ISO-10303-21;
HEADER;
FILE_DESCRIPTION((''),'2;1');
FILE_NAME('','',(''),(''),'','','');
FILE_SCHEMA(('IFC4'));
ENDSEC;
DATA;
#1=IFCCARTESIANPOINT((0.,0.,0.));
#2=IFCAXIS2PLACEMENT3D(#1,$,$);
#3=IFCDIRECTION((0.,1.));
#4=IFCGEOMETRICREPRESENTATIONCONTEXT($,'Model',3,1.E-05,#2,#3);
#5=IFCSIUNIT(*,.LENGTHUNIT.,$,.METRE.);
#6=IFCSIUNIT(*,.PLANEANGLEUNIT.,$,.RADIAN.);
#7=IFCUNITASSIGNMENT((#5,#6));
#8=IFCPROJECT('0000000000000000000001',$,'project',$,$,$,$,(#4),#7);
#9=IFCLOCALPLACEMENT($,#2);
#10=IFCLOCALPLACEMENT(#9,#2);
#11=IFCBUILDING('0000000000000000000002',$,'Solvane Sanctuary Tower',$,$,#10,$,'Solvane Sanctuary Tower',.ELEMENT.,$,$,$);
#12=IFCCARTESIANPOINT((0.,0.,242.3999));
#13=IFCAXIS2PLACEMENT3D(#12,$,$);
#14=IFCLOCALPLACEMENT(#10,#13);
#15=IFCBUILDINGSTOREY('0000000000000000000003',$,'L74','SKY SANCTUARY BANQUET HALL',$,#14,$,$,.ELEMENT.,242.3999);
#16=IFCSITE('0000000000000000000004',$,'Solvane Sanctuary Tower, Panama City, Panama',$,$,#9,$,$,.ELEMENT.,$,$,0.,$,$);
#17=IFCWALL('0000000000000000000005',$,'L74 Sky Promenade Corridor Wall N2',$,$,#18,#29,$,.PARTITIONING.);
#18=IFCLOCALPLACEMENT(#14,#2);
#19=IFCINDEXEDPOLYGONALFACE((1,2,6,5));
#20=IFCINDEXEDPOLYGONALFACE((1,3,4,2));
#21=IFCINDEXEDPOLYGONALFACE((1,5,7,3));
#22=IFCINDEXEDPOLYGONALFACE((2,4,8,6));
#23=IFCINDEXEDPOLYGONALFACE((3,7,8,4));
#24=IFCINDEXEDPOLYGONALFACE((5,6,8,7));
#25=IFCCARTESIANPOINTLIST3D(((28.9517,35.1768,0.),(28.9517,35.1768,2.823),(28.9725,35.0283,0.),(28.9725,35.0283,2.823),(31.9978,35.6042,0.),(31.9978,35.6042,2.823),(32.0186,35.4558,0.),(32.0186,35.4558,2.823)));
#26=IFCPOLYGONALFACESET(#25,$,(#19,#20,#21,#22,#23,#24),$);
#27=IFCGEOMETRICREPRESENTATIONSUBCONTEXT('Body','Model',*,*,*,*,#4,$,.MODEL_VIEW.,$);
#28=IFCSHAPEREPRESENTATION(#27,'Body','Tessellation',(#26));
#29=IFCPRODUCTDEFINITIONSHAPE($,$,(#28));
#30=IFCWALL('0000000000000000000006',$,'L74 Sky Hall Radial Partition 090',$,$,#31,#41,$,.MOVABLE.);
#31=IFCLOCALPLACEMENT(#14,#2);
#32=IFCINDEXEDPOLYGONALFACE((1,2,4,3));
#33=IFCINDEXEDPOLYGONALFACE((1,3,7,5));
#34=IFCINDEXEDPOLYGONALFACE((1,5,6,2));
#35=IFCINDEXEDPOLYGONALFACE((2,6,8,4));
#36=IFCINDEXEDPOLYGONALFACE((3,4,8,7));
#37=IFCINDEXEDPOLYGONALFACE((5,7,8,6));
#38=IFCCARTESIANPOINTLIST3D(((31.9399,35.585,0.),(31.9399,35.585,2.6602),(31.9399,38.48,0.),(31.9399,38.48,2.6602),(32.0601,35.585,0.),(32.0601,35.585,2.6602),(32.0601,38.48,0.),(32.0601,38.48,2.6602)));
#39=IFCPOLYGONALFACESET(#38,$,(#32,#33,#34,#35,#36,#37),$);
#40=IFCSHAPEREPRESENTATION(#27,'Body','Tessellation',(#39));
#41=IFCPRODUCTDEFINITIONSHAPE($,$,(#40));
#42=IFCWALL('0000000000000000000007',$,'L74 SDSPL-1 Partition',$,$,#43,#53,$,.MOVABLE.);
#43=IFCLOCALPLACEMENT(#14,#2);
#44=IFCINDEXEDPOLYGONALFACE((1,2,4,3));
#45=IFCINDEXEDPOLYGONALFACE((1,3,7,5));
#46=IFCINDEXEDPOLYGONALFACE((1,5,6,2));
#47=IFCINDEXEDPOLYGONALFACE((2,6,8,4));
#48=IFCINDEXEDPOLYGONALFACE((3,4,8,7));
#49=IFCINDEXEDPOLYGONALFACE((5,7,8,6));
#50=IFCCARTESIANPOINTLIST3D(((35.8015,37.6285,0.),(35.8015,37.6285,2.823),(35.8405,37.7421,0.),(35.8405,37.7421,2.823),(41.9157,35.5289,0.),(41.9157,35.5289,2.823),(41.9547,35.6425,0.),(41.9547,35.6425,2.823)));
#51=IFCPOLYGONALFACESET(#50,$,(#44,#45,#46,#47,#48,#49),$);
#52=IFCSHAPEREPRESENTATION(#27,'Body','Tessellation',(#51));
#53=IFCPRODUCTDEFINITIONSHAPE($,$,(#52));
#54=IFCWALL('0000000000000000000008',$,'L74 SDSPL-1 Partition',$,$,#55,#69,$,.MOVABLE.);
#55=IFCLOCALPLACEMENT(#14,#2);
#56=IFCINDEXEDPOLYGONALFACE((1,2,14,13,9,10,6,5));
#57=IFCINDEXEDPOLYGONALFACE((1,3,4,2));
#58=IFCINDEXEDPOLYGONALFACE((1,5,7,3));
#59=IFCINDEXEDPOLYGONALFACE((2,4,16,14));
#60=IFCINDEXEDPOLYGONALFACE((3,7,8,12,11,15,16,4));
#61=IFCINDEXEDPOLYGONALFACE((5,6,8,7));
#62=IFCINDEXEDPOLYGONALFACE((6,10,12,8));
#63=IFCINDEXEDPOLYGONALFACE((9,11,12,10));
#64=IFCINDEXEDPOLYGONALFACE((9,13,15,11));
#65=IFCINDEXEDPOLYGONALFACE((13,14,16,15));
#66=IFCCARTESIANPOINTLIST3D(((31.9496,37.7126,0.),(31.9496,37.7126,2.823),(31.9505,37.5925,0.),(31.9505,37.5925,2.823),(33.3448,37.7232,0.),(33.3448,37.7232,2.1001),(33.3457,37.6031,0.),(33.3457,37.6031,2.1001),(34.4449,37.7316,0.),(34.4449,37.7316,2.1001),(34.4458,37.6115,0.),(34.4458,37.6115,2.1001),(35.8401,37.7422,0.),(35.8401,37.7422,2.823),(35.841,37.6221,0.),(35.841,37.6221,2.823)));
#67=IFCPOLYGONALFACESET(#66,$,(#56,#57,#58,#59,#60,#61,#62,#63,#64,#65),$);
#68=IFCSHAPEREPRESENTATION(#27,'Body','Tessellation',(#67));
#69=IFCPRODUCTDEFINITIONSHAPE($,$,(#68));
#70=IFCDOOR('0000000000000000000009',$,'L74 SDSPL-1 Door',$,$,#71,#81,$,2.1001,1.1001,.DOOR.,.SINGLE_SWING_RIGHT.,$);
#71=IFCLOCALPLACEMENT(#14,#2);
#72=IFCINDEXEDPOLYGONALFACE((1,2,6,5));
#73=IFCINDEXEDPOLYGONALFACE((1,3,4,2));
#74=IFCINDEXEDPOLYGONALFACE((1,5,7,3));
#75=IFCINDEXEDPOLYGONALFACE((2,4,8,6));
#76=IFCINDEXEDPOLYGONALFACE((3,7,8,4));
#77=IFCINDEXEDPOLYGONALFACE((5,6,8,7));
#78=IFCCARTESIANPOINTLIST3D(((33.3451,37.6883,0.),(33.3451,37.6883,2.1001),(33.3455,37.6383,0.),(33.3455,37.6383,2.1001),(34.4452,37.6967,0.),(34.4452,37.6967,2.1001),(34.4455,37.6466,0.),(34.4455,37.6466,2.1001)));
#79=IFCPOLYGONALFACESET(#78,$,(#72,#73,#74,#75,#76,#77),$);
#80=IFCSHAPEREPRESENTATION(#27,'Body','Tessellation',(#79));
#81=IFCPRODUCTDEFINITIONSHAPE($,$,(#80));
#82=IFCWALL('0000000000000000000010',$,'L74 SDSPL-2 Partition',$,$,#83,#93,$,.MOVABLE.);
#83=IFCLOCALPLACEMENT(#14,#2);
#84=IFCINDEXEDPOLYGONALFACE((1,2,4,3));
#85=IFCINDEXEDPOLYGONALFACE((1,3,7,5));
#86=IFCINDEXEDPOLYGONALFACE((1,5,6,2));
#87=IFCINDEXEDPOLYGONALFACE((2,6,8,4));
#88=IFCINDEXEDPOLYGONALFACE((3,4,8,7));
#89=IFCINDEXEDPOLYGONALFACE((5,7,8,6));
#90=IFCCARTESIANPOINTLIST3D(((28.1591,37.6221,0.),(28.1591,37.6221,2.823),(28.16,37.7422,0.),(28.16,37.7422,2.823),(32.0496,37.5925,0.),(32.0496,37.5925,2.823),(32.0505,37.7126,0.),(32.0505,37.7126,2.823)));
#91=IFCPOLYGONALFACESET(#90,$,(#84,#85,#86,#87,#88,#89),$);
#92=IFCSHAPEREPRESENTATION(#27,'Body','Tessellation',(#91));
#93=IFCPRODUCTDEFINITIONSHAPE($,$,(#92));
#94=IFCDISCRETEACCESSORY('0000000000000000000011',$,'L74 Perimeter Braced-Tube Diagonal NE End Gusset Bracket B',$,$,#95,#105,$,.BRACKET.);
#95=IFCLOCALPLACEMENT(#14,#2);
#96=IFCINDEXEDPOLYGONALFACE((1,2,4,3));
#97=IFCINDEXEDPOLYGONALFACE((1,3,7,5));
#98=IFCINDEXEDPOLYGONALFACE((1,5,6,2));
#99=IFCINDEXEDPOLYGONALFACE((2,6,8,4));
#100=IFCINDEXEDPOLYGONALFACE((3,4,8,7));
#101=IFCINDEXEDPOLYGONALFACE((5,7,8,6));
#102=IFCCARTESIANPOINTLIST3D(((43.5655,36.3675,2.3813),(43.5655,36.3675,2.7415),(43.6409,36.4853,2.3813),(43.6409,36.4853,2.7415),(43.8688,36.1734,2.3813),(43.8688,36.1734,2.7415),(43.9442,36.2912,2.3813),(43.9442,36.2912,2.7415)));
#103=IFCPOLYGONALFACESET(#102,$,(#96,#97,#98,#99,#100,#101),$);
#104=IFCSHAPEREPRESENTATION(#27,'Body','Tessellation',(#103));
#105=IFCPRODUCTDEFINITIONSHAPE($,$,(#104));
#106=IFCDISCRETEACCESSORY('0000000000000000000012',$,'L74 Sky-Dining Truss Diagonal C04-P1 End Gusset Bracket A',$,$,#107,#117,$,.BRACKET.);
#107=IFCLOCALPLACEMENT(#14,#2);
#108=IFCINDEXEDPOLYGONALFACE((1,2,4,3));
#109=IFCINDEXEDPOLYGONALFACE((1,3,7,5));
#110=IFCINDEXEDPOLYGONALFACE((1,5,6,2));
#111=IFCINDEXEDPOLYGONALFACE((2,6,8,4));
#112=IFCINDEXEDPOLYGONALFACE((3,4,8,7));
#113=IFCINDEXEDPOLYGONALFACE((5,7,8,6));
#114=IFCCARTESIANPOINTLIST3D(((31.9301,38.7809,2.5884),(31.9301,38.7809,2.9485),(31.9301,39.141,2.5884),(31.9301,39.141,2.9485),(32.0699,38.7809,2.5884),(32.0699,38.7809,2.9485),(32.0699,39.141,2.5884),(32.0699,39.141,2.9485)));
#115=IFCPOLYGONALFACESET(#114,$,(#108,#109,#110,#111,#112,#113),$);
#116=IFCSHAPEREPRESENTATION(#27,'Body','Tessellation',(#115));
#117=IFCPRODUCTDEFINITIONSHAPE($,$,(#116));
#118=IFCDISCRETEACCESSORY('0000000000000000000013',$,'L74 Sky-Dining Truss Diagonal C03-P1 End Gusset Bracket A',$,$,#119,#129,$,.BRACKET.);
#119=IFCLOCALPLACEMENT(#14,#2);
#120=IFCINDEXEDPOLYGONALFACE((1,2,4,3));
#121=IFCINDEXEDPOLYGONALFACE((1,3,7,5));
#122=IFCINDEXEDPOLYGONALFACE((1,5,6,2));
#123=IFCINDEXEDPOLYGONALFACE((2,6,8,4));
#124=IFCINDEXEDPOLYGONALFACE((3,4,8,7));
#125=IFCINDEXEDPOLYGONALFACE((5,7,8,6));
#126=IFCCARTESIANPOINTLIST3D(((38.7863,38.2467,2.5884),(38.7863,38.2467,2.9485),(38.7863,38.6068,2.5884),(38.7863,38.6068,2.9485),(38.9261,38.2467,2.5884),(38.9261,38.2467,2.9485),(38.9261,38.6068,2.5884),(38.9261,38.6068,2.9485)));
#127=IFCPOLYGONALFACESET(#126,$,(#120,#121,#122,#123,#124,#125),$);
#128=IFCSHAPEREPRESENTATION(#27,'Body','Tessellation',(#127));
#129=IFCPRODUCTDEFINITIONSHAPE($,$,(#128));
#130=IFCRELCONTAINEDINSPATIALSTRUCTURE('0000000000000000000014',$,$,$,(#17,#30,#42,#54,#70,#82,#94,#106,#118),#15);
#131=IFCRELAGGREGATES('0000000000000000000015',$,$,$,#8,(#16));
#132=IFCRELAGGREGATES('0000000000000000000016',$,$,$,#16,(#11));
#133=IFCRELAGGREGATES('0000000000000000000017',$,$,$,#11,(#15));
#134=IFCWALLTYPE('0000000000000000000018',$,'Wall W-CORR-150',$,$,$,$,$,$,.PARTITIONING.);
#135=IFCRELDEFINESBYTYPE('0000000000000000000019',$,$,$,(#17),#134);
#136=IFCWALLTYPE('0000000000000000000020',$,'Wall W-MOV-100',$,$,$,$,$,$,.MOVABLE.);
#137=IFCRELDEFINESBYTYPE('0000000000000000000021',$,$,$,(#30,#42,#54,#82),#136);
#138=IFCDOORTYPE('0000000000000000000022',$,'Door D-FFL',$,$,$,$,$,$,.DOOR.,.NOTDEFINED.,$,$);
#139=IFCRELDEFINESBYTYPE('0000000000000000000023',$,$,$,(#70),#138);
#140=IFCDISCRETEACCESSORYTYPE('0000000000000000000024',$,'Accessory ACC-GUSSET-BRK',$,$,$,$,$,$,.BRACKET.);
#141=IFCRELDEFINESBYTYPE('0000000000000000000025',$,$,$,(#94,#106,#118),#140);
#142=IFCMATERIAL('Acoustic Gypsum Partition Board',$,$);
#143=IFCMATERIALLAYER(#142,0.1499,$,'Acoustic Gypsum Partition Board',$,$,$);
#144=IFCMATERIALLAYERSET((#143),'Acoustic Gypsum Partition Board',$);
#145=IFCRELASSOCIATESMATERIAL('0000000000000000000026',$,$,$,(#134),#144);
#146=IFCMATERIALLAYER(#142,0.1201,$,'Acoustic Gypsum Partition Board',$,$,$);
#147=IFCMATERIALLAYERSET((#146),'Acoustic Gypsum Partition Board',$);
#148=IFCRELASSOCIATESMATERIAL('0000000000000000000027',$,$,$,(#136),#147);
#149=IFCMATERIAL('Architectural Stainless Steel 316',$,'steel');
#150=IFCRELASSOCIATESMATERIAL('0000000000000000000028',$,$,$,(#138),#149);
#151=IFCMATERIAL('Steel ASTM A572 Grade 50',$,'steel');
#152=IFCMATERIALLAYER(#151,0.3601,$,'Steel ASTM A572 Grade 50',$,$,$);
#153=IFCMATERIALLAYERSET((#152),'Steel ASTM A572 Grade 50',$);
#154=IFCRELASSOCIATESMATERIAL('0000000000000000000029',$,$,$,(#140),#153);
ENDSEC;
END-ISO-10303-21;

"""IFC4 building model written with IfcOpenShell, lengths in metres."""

from ifc_helpers import new_model, si_unit, direction, frame, frame_2d, origin, origin_2d, place, context, subcontext, project, spatial, rectangle, extrude, material, layer, layer_set, type_object, element, fill, save


model = new_model("IFC4")

# Units and contexts
model_context = context("Model", 3, precision=1e-05, world=origin(), true_north=direction((0.0, 1.0)))
body_context = subcontext(model_context, "Body", "Model", "MODEL_VIEW")
ifc_project = project(units=[si_unit("LENGTHUNIT", "METRE"), si_unit("PLANEANGLEUNIT", "RADIAN")], contexts=[model_context])

# Site, building, storey
site_placement = place(None, origin())
site = spatial("IfcSite", under=ifc_project, at=site_placement, Name="Solvane Sanctuary Tower, Panama City, Panama", CompositionType="ELEMENT", RefElevation=0.0)
building_placement = place(site_placement, origin())
building = spatial("IfcBuilding", under=site, at=building_placement, Name="Solvane Sanctuary Tower", LongName="Solvane Sanctuary Tower", CompositionType="ELEMENT")
storey_placement = place(building_placement, frame((0.0, 0.0, 242.3999)))
storey = spatial("IfcBuildingStorey", under=building, at=storey_placement, Name="L74", Description="SKY SANCTUARY BANQUET HALL", CompositionType="ELEMENT", Elevation=242.3999)

# Walls
ifc_material_1 = material(Name="Acoustic Gypsum Partition Board")
ifc_layer_1 = layer(ifc_material_1, 0.1499, Name="Acoustic Gypsum Partition Board")
ifc_layer_set_1 = layer_set([ifc_layer_1], Name="Acoustic Gypsum Partition Board")
wall_type_1 = type_object("IfcWallType", Name="Wall W-CORR-150", PredefinedType="PARTITIONING", material=ifc_layer_set_1)
wall_1_placement = place(storey_placement, frame((32.0083, 35.53, 0.0), z_axis=(0.0, 0.0, 1.0), x_axis=(-0.990296, -0.138976, 0.0)))
element("IfcWall", 1, at=wall_1_placement, inside=storey, type_object=wall_type_1, Name="L74 Sky Promenade Corridor Wall N2", PredefinedType="PARTITIONING", context=body_context, shape_type="SweptSolid", body=[
    extrude(rectangle(XDim=3.0759, YDim=0.1499, at=frame_2d((1.5381, 0.0))), origin(), (0.0, 0.0, 1.0), 2.823),
])
ifc_layer_2 = layer(ifc_material_1, 0.1201, Name="Acoustic Gypsum Partition Board")
ifc_layer_set_2 = layer_set([ifc_layer_2], Name="Acoustic Gypsum Partition Board")
wall_type_2 = type_object("IfcWallType", Name="Wall W-MOV-100", PredefinedType="MOVABLE", material=ifc_layer_set_2)
wall_2_placement = place(storey_placement, frame((32.0, 35.585, 0.0), z_axis=(0.0, 0.0, 1.0), x_axis=(0.0, 1.0, 0.0)))
element("IfcWall", 2, at=wall_2_placement, inside=storey, type_object=wall_type_2, Name="L74 Sky Hall Radial Partition 090", PredefinedType="MOVABLE", context=body_context, shape_type="SweptSolid", body=[
    extrude(rectangle(XDim=2.895, YDim=0.1201, at=frame_2d((1.4475, 0.0))), origin(), (0.0, 0.0, 1.0), 2.6602),
])
wall_3_placement = place(storey_placement, frame((41.9353, 35.5857, 0.0), z_axis=(0.0, 0.0, 1.0), x_axis=(-0.94579, 0.32478, 0.0)))
element("IfcWall", 3, at=wall_3_placement, inside=storey, type_object=wall_type_2, Name="L74 SDSPL-1 Partition", PredefinedType="MOVABLE", context=body_context, shape_type="SweptSolid", body=[
    extrude(rectangle(XDim=6.4646, YDim=0.1201, at=frame_2d((3.2324, 0.0))), origin(), (0.0, 0.0, 1.0), 2.823),
])

# Wall, opening, door
wall_4_placement = place(storey_placement, frame((35.8406, 37.6821, 0.0), z_axis=(0.0, 0.0, 1.0), x_axis=(-0.999971, -0.007593, 0.0)))
wall_4 = element("IfcWall", 4, at=wall_4_placement, inside=storey, type_object=wall_type_2, Name="L74 SDSPL-1 Partition", PredefinedType="MOVABLE", context=body_context, shape_type="SweptSolid", body=[
    extrude(rectangle(XDim=3.8906, YDim=0.1201, at=frame_2d((1.9453, 0.0))), origin(), (0.0, 0.0, 1.0), 2.823),
])
opening_placement = place(wall_4_placement, frame((1.3953, 0.0, 0.0)))
opening = element("IfcOpeningElement", 5, at=opening_placement, cuts=wall_4, PredefinedType="OPENING", context=body_context, shape_type="SweptSolid", body=[
    extrude(rectangle(XDim=1.1001, YDim=2.1001, at=frame_2d((0.55, 1.05))), frame((0.0, 0.0701, 0.0), z_axis=(0.0, -1.0, 0.0), x_axis=(1.0, 0.0, 0.0)), (0.0, 0.0, 1.0), 0.1401),
])
ifc_material_2 = material(Name="Architectural Stainless Steel 316", Category="steel")
door_type = type_object("IfcDoorType", Name="Door D-FFL", OperationType="NOTDEFINED", PredefinedType="DOOR", material=ifc_material_2)
door_placement = place(opening_placement, origin())
door = element("IfcDoor", 6, at=door_placement, inside=storey, type_object=door_type, Name="L74 SDSPL-1 Door", OperationType="SINGLE_SWING_RIGHT", OverallHeight=2.1001, OverallWidth=1.1001, PredefinedType="DOOR", context=body_context, shape_type="SweptSolid", body=[
    extrude(rectangle(XDim=1.1001, YDim=2.1001, at=frame_2d((0.55, 1.05))), frame((0.0, 0.0249, 0.0), z_axis=(0.0, -1.0, 0.0), x_axis=(1.0, 0.0, 0.0)), (0.0, 0.0, 1.0), 0.05),
])
fill(opening, door)

# Wall
wall_5_placement = place(storey_placement, frame((32.05, 37.6526, 0.0), z_axis=(0.0, 0.0, 1.0), x_axis=(-0.999971, 0.007593, 0.0)))
element("IfcWall", 7, at=wall_5_placement, inside=storey, type_object=wall_type_2, Name="L74 SDSPL-2 Partition", PredefinedType="MOVABLE", context=body_context, shape_type="SweptSolid", body=[
    extrude(rectangle(XDim=3.8906, YDim=0.1201, at=frame_2d((1.9453, 0.0))), origin(), (0.0, 0.0, 1.0), 2.823),
])

# Discrete accessories
ifc_material_3 = material(Name="Steel ASTM A572 Grade 50", Category="steel")
ifc_layer_3 = layer(ifc_material_3, 0.3601, Name="Steel ASTM A572 Grade 50")
ifc_layer_set_3 = layer_set([ifc_layer_3], Name="Steel ASTM A572 Grade 50")
discrete_accessory_type = type_object("IfcDiscreteAccessoryType", Name="Accessory ACC-GUSSET-BRK", PredefinedType="BRACKET", material=ifc_layer_set_3)
for number, where, z_axis, x_axis, name in (
    (8, (43.7549, 36.3293, 2.3813), (0.0, 0.0, 1.0), (-0.842264, 0.539065, 0.0), "L74 Perimeter Braced-Tube Diagonal NE End Gusset Bracket B"),
    (9, (32.0, 38.9609, 2.5884), (0.0, 0.0, 1.0), (0.0, 1.0, 0.0), "L74 Sky-Dining Truss Diagonal C04-P1 End Gusset Bracket A"),
    (10, (38.8562, 38.4268, 2.5884), (0.0, 0.0, 1.0), (0.0, 1.0, 0.0), "L74 Sky-Dining Truss Diagonal C03-P1 End Gusset Bracket A"),
):
    element("IfcDiscreteAccessory", number, at=place(storey_placement, frame(where, z_axis=z_axis, x_axis=x_axis)), inside=storey, type_object=discrete_accessory_type, Name=name, PredefinedType="BRACKET", context=body_context, shape_type="SweptSolid", body=[
        extrude(rectangle(XDim=0.3601, YDim=0.1399, at=origin_2d()), origin(), (0.0, 0.0, 1.0), 0.3601),
    ])

save(model, "model.ifc")
